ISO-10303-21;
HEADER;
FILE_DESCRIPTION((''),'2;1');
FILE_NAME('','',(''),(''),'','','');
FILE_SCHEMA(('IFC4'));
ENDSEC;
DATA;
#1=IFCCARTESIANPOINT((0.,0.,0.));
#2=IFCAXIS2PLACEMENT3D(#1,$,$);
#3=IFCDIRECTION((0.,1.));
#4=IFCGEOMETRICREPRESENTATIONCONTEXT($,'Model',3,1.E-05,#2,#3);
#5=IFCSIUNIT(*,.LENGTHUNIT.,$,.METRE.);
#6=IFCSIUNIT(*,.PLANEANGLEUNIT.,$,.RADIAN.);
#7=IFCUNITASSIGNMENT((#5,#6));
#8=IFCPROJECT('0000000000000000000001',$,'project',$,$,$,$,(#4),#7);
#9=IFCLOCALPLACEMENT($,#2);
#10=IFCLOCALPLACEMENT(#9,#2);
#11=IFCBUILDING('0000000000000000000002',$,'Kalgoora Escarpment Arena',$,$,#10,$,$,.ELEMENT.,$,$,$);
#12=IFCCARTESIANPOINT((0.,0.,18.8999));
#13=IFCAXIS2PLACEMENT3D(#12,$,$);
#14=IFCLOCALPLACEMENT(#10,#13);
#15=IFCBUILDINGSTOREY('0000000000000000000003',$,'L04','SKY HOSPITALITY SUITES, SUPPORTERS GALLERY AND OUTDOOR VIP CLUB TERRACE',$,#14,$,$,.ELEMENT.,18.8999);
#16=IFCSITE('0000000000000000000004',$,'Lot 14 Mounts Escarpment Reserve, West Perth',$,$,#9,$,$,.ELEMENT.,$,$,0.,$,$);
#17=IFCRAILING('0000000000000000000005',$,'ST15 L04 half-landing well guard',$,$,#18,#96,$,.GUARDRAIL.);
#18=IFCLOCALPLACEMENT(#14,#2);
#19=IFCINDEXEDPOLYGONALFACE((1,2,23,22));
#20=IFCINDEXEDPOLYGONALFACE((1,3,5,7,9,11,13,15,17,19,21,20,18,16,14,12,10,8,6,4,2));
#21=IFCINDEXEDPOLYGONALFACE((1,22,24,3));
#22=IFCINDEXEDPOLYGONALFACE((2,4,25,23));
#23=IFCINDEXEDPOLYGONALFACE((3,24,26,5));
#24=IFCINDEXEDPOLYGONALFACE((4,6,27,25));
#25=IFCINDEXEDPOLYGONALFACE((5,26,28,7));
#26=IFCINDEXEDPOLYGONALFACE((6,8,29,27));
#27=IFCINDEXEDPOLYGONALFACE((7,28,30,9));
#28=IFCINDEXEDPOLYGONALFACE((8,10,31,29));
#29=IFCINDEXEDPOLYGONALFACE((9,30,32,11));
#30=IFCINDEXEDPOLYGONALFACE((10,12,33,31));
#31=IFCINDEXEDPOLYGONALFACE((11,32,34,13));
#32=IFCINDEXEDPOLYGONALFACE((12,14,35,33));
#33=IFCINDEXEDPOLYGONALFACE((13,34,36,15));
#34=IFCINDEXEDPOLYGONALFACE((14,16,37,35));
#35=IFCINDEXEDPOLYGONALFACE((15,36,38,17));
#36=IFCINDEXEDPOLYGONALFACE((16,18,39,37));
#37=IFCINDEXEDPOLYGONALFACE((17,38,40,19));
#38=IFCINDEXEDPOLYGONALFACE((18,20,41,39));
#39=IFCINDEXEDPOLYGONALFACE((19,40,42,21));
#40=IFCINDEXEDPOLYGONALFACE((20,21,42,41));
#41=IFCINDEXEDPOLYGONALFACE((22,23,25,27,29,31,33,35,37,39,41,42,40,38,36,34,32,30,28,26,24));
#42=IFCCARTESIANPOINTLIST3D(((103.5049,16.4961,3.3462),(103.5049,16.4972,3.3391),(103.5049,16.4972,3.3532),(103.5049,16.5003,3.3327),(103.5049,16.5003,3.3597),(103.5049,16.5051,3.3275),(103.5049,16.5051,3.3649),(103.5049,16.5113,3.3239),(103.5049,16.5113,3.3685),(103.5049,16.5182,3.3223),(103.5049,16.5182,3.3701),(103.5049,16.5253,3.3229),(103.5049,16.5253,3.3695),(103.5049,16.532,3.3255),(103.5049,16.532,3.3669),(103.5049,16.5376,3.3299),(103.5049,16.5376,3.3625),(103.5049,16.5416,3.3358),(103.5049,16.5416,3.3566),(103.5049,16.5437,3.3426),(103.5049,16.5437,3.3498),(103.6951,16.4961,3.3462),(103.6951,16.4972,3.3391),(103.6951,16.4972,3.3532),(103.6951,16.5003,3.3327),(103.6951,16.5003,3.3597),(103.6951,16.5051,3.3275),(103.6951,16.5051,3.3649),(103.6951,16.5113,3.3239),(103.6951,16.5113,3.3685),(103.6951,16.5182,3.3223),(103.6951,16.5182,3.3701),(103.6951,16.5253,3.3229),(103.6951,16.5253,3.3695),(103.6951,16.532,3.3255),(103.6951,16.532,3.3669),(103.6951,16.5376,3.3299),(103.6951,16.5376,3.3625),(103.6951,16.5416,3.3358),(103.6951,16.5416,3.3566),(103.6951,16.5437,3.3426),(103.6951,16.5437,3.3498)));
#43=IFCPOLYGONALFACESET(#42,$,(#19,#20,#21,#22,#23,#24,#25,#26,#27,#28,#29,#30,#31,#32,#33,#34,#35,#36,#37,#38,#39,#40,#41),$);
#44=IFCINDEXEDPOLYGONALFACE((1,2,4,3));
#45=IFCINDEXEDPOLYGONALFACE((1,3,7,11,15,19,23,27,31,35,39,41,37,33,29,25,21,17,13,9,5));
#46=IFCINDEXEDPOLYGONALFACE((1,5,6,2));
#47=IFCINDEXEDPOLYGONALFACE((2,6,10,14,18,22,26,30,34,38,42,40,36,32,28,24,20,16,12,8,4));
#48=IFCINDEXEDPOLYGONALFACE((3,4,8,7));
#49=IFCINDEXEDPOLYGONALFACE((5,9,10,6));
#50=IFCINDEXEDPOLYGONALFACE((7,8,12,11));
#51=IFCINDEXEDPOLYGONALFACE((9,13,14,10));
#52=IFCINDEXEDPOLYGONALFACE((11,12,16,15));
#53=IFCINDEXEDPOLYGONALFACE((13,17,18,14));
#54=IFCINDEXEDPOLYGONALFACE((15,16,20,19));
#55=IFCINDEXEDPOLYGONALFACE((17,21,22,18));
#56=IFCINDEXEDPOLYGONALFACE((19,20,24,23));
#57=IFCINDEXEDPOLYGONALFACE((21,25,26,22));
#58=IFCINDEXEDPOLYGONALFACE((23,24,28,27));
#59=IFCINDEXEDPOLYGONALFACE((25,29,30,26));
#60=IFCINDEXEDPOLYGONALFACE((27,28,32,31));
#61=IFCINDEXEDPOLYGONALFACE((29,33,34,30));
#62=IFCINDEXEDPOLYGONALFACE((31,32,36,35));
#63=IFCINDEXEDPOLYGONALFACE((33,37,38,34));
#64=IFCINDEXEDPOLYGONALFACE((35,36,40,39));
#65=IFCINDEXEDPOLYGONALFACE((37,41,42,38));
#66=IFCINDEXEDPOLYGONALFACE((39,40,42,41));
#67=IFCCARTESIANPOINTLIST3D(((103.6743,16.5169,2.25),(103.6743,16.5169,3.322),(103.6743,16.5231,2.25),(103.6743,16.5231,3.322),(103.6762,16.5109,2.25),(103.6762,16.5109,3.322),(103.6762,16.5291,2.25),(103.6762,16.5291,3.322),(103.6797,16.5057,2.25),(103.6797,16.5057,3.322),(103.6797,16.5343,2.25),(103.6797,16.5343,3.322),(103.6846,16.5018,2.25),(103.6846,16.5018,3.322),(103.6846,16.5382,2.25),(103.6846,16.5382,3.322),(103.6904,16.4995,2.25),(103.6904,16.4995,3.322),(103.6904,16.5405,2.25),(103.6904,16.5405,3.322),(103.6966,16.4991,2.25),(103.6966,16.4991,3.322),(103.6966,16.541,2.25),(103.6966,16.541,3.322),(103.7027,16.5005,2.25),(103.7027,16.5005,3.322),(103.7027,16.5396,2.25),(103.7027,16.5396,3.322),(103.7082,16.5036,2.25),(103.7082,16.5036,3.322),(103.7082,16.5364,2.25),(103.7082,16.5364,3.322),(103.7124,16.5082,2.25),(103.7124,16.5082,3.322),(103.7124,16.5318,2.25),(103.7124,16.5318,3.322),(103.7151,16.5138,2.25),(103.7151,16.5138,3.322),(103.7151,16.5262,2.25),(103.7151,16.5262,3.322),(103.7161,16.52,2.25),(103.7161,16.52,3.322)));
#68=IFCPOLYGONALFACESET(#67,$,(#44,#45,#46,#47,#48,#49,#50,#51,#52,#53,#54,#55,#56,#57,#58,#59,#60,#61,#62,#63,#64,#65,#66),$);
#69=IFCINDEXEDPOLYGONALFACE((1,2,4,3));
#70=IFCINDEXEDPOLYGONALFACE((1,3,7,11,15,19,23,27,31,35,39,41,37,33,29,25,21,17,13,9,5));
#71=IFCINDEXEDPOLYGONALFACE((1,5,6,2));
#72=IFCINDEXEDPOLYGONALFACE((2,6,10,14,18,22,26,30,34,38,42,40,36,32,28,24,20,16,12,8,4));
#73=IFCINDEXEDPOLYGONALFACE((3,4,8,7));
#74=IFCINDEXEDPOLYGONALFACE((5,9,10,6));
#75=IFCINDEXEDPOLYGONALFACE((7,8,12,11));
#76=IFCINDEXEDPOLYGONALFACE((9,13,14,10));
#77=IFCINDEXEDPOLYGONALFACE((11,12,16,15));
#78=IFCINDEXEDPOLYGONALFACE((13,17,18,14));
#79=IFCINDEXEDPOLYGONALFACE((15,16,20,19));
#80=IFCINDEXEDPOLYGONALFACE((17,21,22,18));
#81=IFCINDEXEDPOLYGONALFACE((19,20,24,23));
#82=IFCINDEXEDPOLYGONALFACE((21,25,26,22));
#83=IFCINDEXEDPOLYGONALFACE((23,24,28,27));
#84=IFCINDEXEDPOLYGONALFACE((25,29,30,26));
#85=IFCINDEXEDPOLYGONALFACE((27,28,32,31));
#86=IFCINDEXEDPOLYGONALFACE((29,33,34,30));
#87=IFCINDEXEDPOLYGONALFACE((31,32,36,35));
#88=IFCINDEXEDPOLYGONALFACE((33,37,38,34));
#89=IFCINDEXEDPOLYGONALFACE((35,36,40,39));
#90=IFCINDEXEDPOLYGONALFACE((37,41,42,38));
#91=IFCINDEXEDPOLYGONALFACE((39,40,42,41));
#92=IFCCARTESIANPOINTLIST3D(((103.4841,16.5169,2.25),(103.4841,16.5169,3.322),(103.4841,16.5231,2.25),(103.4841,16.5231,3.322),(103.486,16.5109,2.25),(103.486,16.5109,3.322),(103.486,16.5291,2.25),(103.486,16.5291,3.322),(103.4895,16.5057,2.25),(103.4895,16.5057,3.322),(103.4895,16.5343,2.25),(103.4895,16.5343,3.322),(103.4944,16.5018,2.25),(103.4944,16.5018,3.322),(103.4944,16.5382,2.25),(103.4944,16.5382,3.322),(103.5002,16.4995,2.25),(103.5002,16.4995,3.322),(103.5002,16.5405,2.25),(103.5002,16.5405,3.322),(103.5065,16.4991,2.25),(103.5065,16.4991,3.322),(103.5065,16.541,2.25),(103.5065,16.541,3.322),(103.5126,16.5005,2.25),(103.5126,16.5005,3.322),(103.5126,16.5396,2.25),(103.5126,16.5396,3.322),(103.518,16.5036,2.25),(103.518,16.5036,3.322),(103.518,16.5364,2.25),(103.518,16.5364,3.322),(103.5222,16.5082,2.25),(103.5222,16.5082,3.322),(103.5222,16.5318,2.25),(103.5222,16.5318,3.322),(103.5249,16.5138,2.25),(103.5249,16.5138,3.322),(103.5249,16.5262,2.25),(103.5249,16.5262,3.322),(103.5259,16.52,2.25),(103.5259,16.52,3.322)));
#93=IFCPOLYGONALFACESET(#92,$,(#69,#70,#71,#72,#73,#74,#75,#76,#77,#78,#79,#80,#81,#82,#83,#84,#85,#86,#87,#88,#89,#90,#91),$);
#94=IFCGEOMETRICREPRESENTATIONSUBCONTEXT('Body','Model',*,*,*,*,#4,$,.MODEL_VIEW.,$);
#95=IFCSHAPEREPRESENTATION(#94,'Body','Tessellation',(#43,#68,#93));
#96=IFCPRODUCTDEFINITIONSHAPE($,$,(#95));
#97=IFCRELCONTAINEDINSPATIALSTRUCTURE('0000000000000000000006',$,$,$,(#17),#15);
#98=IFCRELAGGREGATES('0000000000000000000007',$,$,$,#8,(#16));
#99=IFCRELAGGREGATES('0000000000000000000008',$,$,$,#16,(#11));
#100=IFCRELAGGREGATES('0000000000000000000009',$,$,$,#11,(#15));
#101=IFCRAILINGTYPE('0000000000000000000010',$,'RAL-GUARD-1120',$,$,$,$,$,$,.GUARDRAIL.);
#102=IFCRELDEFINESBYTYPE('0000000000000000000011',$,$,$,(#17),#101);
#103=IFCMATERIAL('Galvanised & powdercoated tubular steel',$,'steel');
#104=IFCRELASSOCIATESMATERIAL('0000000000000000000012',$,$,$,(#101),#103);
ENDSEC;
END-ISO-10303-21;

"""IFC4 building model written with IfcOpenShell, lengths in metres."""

from ifc_helpers import new_model, si_unit, direction, frame, origin, origin_2d, place, context, subcontext, project, spatial, circle, extrude, material, type_object, element, save


model = new_model("IFC4")

# Units and contexts
model_context = context("Model", 3, precision=1e-05, world=origin(), true_north=direction((0.0, 1.0)))
body_context = subcontext(model_context, "Body", "Model", "MODEL_VIEW")
ifc_project = project(units=[si_unit("LENGTHUNIT", "METRE"), si_unit("PLANEANGLEUNIT", "RADIAN")], contexts=[model_context])

# Site, building, storey
site_placement = place(None, origin())
site = spatial("IfcSite", under=ifc_project, at=site_placement, Name="Lot 14 Mounts Escarpment Reserve, West Perth", CompositionType="ELEMENT", RefElevation=0.0)
building_placement = place(site_placement, origin())
building = spatial("IfcBuilding", under=site, at=building_placement, Name="Kalgoora Escarpment Arena", CompositionType="ELEMENT")
storey_placement = place(building_placement, frame((0.0, 0.0, 18.8999)))
storey = spatial("IfcBuildingStorey", under=building, at=storey_placement, Name="L04", Description="SKY HOSPITALITY SUITES, SUPPORTERS GALLERY AND OUTDOOR VIP CLUB TERRACE", CompositionType="ELEMENT", Elevation=18.8999)

# Railing
ifc_material_1 = material(Name="Galvanised & powdercoated tubular steel", Category="steel")
railing_type_1 = type_object("IfcRailingType", Name="RAL-GUARD-1120", PredefinedType="GUARDRAIL", material=ifc_material_1)
railing_placement = place(storey_placement, frame((103.6951, 16.52, 2.25)))
element("IfcRailing", 1, at=railing_placement, inside=storey, type_object=railing_type_1, Name="ST15 L04 half-landing well guard", PredefinedType="GUARDRAIL", context=body_context, shape_type="SweptSolid", body=[
    extrude(circle(Radius=0.0239, at=origin_2d()), frame((0.0, 0.0, 1.0962), z_axis=(-1.0, 0.0, 0.0), x_axis=(0.0, -1.0, 0.0)), (0.0, 0.0, 1.0), 0.1902),
    extrude(circle(Radius=0.021, at=origin_2d()), origin(), (0.0, 0.0, 1.0), 1.072),
    extrude(circle(Radius=0.021, at=origin_2d()), frame((-0.1902, 0.0, 0.0)), (0.0, 0.0, 1.0), 1.072),
])

save(model, "model.ifc")
